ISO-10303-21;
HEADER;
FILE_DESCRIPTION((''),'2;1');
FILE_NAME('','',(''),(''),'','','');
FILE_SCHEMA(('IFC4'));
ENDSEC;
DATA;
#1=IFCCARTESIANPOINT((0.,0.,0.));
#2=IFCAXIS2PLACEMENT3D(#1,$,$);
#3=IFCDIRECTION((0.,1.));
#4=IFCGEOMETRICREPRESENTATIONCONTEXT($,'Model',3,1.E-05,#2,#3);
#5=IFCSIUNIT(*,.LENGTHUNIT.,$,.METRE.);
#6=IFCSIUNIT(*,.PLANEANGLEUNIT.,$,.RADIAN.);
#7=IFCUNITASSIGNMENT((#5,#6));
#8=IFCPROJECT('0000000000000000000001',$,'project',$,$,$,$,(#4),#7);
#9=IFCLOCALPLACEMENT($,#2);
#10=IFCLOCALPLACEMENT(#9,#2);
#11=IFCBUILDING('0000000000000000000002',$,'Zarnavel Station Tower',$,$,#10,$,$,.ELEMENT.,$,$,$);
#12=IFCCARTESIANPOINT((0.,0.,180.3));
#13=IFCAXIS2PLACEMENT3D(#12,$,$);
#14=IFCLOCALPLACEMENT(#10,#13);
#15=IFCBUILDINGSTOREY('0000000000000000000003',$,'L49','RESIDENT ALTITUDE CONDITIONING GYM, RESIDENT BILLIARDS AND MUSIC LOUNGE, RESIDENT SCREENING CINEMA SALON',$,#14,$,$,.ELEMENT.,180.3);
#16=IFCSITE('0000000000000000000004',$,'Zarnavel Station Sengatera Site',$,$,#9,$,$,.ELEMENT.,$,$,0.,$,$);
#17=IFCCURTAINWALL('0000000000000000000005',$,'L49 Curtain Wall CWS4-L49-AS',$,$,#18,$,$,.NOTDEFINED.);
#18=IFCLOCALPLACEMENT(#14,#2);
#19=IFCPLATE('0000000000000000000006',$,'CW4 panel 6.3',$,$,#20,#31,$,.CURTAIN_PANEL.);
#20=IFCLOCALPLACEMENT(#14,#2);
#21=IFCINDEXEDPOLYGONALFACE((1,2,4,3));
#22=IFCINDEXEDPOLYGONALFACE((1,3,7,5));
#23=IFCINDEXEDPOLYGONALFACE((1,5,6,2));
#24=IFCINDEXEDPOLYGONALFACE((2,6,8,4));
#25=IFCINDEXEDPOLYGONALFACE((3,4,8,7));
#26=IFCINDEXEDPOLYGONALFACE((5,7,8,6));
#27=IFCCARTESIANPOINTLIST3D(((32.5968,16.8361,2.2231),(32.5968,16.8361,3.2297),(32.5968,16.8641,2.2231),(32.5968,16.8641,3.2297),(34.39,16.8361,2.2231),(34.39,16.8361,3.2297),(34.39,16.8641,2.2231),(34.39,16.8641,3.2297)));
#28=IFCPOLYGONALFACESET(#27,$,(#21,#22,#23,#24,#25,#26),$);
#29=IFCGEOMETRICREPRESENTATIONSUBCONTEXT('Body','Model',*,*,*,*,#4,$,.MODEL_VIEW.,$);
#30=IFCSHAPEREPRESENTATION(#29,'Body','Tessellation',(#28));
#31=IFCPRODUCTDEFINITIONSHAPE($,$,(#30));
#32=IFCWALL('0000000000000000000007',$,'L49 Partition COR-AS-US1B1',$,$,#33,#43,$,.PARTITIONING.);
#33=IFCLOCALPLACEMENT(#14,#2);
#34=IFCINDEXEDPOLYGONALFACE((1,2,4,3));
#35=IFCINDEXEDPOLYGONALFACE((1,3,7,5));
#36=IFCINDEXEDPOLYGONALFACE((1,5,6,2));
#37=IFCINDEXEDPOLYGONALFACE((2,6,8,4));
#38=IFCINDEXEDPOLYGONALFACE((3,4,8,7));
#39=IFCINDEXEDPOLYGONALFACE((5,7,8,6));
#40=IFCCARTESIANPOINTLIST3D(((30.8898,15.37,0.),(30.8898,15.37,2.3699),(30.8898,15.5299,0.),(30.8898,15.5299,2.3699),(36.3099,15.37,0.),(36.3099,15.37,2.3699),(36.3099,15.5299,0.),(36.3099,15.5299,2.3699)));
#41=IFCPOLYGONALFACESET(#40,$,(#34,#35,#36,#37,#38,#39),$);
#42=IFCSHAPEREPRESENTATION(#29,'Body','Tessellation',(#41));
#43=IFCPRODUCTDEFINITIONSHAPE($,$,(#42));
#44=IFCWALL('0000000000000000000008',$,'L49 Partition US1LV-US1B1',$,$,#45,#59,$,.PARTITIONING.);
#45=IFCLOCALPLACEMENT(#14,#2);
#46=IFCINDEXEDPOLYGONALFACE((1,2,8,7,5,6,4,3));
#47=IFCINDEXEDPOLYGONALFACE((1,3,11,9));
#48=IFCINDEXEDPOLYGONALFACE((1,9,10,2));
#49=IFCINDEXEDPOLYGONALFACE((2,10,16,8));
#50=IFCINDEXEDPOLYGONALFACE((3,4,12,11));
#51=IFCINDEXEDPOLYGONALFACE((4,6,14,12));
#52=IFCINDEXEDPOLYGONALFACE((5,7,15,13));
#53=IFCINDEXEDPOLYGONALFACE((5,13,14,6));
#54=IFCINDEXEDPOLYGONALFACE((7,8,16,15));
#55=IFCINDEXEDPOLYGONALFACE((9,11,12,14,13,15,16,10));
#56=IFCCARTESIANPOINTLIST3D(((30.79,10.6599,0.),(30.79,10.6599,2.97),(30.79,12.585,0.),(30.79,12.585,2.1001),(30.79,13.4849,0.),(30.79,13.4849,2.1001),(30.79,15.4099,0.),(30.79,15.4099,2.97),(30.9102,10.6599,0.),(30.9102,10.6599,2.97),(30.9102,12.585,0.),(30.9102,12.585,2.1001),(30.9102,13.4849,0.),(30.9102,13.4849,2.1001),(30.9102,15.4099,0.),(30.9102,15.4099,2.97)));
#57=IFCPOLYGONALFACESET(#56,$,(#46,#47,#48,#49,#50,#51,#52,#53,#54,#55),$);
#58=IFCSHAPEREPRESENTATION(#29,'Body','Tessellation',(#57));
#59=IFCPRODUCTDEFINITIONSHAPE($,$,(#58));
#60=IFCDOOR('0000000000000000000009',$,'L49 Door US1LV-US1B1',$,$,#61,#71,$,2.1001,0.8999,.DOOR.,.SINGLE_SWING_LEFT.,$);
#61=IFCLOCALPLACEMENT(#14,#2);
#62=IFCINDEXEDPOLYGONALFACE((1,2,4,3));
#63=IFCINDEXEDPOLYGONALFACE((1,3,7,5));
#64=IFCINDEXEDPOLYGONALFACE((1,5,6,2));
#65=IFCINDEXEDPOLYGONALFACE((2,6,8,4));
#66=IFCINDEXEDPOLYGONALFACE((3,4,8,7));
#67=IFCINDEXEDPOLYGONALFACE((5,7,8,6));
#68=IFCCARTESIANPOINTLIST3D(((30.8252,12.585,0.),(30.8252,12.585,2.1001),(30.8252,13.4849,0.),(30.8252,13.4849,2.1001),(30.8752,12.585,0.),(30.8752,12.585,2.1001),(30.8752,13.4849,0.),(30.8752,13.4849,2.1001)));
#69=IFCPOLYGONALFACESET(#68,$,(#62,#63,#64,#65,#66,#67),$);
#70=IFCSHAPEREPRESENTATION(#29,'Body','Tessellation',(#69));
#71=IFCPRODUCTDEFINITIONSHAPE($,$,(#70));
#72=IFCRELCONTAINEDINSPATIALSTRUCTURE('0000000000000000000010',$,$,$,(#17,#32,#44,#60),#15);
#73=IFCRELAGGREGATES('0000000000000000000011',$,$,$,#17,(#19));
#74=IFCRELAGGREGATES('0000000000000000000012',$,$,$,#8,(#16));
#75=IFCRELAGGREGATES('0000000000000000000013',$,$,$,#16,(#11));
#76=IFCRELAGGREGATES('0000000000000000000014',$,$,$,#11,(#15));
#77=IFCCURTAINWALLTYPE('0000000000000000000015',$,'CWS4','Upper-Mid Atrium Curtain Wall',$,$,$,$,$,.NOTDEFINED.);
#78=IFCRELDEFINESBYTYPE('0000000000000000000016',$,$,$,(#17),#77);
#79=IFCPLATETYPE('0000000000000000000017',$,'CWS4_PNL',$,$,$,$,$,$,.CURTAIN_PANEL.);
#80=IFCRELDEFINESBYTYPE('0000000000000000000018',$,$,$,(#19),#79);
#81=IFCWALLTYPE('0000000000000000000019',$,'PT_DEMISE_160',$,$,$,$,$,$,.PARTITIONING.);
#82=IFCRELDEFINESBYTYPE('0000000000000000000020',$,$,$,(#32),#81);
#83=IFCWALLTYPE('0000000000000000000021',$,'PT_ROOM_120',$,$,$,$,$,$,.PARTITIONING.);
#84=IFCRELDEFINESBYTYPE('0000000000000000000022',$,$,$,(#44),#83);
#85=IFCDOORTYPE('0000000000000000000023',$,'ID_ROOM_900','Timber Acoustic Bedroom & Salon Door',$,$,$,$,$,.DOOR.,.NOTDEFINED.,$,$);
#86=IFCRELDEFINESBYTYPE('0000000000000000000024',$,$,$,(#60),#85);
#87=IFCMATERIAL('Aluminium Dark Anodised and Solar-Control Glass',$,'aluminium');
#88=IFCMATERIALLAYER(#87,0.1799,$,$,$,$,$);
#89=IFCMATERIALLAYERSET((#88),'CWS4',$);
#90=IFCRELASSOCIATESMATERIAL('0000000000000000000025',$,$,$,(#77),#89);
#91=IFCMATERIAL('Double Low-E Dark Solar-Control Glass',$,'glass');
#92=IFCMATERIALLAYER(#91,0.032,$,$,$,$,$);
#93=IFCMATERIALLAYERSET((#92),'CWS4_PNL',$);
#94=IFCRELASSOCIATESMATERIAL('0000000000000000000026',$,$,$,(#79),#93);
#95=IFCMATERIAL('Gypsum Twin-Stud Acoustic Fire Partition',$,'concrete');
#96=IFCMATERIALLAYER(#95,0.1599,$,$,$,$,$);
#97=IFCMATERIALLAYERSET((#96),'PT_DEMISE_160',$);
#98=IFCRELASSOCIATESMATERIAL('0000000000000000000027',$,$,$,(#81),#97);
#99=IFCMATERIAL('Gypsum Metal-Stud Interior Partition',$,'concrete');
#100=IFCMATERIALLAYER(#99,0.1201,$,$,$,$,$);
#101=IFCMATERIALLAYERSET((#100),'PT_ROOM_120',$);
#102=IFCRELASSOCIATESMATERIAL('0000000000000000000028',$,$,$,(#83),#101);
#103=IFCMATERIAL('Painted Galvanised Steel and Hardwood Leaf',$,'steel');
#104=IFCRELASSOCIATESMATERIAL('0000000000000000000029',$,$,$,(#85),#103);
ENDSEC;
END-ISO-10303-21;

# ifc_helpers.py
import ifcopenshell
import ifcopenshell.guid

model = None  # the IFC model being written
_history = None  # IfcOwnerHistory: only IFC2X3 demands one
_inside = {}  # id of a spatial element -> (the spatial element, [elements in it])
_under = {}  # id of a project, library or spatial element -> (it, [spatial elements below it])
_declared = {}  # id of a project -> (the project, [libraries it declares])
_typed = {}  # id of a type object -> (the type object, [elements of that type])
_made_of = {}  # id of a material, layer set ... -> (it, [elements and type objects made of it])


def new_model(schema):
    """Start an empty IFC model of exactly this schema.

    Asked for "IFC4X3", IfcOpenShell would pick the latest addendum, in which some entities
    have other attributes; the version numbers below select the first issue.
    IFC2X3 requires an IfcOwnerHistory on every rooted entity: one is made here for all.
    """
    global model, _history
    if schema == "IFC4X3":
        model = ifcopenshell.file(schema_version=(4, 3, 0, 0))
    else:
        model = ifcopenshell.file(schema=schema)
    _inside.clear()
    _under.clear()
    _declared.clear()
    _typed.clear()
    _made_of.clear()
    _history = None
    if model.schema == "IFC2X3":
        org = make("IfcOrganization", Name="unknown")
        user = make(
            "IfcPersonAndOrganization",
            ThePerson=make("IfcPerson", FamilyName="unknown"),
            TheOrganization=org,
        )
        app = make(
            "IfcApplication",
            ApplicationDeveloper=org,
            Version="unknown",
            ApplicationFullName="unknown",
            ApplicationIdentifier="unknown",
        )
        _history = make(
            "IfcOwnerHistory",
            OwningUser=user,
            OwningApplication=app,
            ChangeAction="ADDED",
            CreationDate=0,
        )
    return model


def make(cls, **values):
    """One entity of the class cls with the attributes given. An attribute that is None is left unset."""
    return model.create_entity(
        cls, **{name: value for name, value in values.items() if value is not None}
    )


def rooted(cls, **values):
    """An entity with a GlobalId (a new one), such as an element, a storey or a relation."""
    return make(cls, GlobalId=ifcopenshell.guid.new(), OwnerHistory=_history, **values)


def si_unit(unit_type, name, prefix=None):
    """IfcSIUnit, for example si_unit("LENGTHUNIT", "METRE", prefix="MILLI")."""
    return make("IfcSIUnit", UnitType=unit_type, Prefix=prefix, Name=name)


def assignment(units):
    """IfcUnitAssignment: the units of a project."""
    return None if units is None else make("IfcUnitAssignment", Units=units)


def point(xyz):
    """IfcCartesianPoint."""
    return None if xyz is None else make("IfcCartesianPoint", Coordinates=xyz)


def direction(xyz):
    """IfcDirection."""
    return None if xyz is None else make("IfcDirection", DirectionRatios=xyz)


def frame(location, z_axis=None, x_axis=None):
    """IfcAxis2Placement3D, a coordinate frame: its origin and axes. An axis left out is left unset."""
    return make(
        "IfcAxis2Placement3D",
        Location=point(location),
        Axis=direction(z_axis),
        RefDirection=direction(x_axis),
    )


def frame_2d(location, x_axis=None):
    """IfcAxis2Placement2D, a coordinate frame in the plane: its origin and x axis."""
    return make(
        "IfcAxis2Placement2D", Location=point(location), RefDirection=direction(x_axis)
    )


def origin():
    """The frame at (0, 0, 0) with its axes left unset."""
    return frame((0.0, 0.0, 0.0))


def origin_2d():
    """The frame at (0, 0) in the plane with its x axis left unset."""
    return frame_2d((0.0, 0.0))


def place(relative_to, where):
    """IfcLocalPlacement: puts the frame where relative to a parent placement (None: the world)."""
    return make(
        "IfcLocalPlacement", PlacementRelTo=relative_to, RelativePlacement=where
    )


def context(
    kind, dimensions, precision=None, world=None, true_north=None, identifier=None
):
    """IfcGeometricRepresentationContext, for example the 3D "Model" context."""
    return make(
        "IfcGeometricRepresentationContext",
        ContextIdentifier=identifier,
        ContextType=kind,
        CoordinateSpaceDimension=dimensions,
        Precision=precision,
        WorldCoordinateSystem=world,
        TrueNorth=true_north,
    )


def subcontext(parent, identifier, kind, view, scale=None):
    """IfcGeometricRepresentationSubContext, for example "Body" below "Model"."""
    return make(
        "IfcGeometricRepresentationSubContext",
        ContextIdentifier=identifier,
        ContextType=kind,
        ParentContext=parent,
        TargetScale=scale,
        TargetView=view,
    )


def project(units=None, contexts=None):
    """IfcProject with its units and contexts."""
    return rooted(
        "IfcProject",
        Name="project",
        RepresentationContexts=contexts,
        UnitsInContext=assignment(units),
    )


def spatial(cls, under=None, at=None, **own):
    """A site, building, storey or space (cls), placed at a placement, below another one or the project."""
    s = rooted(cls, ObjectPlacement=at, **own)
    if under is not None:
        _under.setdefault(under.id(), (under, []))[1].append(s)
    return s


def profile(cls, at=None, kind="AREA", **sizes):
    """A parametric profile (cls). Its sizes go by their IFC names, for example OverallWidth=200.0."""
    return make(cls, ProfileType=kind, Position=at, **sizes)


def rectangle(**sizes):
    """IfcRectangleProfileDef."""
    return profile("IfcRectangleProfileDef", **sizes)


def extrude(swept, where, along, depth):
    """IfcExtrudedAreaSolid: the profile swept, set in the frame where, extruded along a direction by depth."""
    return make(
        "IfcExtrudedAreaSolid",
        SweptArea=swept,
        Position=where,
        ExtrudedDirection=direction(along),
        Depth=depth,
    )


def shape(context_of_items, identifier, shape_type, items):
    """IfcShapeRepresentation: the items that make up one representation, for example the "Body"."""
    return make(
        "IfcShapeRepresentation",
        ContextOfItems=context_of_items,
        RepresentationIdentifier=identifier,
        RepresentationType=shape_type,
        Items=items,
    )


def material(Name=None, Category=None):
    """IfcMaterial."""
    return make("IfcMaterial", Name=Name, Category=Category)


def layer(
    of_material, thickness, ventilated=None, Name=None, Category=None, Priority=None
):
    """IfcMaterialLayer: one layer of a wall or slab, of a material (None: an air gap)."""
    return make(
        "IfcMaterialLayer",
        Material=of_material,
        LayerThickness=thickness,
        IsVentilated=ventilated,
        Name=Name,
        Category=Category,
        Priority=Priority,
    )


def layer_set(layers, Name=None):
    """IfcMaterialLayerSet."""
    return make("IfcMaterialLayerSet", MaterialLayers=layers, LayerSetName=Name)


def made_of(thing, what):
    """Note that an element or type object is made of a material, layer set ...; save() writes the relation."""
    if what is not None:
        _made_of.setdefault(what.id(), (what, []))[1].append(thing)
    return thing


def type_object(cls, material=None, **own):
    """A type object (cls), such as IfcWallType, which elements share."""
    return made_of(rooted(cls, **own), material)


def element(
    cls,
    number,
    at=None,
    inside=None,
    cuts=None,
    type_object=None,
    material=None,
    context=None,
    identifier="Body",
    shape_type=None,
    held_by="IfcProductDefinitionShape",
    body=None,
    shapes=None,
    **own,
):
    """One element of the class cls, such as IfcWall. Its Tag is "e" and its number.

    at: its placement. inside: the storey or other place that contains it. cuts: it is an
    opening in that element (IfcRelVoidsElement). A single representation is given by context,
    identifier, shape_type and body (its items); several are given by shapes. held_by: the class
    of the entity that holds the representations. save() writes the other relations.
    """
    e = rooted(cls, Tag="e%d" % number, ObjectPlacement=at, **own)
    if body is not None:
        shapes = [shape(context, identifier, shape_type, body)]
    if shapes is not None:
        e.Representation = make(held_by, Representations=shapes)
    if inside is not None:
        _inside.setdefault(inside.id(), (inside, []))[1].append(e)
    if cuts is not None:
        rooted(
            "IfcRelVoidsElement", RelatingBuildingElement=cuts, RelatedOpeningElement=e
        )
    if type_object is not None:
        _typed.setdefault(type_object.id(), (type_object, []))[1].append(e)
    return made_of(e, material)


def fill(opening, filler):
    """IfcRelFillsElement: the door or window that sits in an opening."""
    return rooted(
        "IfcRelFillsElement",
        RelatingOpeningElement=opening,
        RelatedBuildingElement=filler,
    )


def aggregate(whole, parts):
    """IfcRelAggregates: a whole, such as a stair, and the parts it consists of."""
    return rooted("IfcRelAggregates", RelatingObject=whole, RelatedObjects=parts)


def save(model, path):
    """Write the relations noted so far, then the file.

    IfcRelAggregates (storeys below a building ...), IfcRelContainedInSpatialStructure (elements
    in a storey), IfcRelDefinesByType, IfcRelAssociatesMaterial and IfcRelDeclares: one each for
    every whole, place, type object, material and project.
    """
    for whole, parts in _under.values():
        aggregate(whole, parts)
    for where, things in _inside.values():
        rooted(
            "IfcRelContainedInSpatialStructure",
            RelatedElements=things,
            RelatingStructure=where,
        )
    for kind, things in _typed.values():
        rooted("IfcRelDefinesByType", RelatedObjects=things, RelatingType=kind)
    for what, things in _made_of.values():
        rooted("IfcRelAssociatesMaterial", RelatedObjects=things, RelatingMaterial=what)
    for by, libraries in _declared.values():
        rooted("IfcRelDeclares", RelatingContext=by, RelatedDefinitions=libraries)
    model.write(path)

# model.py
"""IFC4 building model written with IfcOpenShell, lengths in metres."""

from ifc_helpers import new_model, si_unit, direction, frame, frame_2d, origin, origin_2d, place, context, subcontext, project, spatial, rectangle, extrude, material, layer, layer_set, type_object, element, fill, aggregate, save


model = new_model("IFC4")

# Units and contexts
model_context = context("Model", 3, precision=1e-05, world=origin(), true_north=direction((0.0, 1.0)))
body_context = subcontext(model_context, "Body", "Model", "MODEL_VIEW")
ifc_project = project(units=[si_unit("LENGTHUNIT", "METRE"), si_unit("PLANEANGLEUNIT", "RADIAN")], contexts=[model_context])

# Site, building, storey
site_placement = place(None, origin())
site = spatial("IfcSite", under=ifc_project, at=site_placement, Name="Zarnavel Station Sengatera Site", CompositionType="ELEMENT", RefElevation=0.0)
building_placement = place(site_placement, origin())
building = spatial("IfcBuilding", under=site, at=building_placement, Name="Zarnavel Station Tower", CompositionType="ELEMENT")
storey_placement = place(building_placement, frame((0.0, 0.0, 180.3)))
storey = spatial("IfcBuildingStorey", under=building, at=storey_placement, Name="L49", Description="RESIDENT ALTITUDE CONDITIONING GYM, RESIDENT BILLIARDS AND MUSIC LOUNGE, RESIDENT SCREENING CINEMA SALON", CompositionType="ELEMENT", Elevation=180.3)

# Curtain wall
ifc_material_1 = material(Name="Aluminium Dark Anodised and Solar-Control Glass", Category="aluminium")
ifc_layer_1 = layer(ifc_material_1, 0.1799)
ifc_layer_set_1 = layer_set([ifc_layer_1], Name="CWS4")
curtain_wall_type = type_object("IfcCurtainWallType", Name="CWS4", Description="Upper-Mid Atrium Curtain Wall", PredefinedType="NOTDEFINED", material=ifc_layer_set_1)
curtain_wall_placement = place(storey_placement, origin())
curtain_wall = element("IfcCurtainWall", 1, at=curtain_wall_placement, inside=storey, type_object=curtain_wall_type, Name="L49 Curtain Wall CWS4-L49-AS", PredefinedType="NOTDEFINED")

# Plate
ifc_material_2 = material(Name="Double Low-E Dark Solar-Control Glass", Category="glass")
ifc_layer_2 = layer(ifc_material_2, 0.032)
ifc_layer_set_2 = layer_set([ifc_layer_2], Name="CWS4_PNL")
plate_type = type_object("IfcPlateType", Name="CWS4_PNL", PredefinedType="CURTAIN_PANEL", material=ifc_layer_set_2)
plate_1_placement = place(storey_placement, frame((33.4934, 16.8501, 2.2231), z_axis=(0.0, 0.0, 1.0), x_axis=(1.0, 0.0, 0.0)))
plate_1 = element("IfcPlate", 2, at=plate_1_placement, type_object=plate_type, Name="CW4 panel 6.3", PredefinedType="CURTAIN_PANEL", context=body_context, shape_type="SweptSolid", body=[
    extrude(rectangle(XDim=1.7932, YDim=0.0281, at=origin_2d()), origin(), (0.0, 0.0, 1.0), 1.0066),
])
aggregate(curtain_wall, [plate_1])

# Wall
ifc_material_3 = material(Name="Gypsum Twin-Stud Acoustic Fire Partition", Category="concrete")
ifc_layer_3 = layer(ifc_material_3, 0.1599)
ifc_layer_set_3 = layer_set([ifc_layer_3], Name="PT_DEMISE_160")
wall_type_1 = type_object("IfcWallType", Name="PT_DEMISE_160", PredefinedType="PARTITIONING", material=ifc_layer_set_3)
wall_1_placement = place(storey_placement, frame((30.8899, 15.45, 0.0), z_axis=(0.0, 0.0, 1.0), x_axis=(1.0, 0.0, 0.0)))
element("IfcWall", 3, at=wall_1_placement, inside=storey, type_object=wall_type_1, Name="L49 Partition COR-AS-US1B1", PredefinedType="PARTITIONING", context=body_context, shape_type="SweptSolid", body=[
    extrude(rectangle(XDim=5.4202, YDim=0.1599, at=frame_2d((2.71, 0.0))), origin(), (0.0, 0.0, 1.0), 2.3699),
])

# Wall, opening, door
ifc_material_4 = material(Name="Gypsum Metal-Stud Interior Partition", Category="concrete")
ifc_layer_4 = layer(ifc_material_4, 0.1201)
ifc_layer_set_4 = layer_set([ifc_layer_4], Name="PT_ROOM_120")
wall_type_2 = type_object("IfcWallType", Name="PT_ROOM_120", PredefinedType="PARTITIONING", material=ifc_layer_set_4)
wall_2_placement = place(storey_placement, frame((30.8501, 10.6599, 0.0), z_axis=(0.0, 0.0, 1.0), x_axis=(0.0, 1.0, 0.0)))
wall_2 = element("IfcWall", 4, at=wall_2_placement, inside=storey, type_object=wall_type_2, Name="L49 Partition US1LV-US1B1", PredefinedType="PARTITIONING", context=body_context, shape_type="SweptSolid", body=[
    extrude(rectangle(XDim=4.75, YDim=0.1201, at=frame_2d((2.375, 0.0))), origin(), (0.0, 0.0, 1.0), 2.97),
])
opening_placement = place(wall_2_placement, frame((1.925, 0.0, 0.0)))
opening = element("IfcOpeningElement", 5, at=opening_placement, cuts=wall_2, PredefinedType="OPENING", context=body_context, shape_type="SweptSolid", body=[
    extrude(rectangle(XDim=0.8999, YDim=2.1001, at=frame_2d((0.45, 1.05))), frame((0.0, 0.0701, 0.0), z_axis=(0.0, -1.0, 0.0), x_axis=(1.0, 0.0, 0.0)), (0.0, 0.0, 1.0), 0.1401),
])
ifc_material_5 = material(Name="Painted Galvanised Steel and Hardwood Leaf", Category="steel")
door_type = type_object("IfcDoorType", Name="ID_ROOM_900", Description="Timber Acoustic Bedroom & Salon Door", OperationType="NOTDEFINED", PredefinedType="DOOR", material=ifc_material_5)
door_placement = place(opening_placement, origin())
door = element("IfcDoor", 6, at=door_placement, inside=storey, type_object=door_type, Name="L49 Door US1LV-US1B1", OperationType="SINGLE_SWING_LEFT", OverallHeight=2.1001, OverallWidth=0.8999, PredefinedType="DOOR", context=body_context, shape_type="SweptSolid", body=[
    extrude(rectangle(XDim=0.8999, YDim=2.1001, at=frame_2d((0.45, 1.05))), frame((0.0, 0.0249, 0.0), z_axis=(0.0, -1.0, 0.0), x_axis=(1.0, 0.0, 0.0)), (0.0, 0.0, 1.0), 0.05),
])
fill(opening, door)

save(model, "model.ifc")
